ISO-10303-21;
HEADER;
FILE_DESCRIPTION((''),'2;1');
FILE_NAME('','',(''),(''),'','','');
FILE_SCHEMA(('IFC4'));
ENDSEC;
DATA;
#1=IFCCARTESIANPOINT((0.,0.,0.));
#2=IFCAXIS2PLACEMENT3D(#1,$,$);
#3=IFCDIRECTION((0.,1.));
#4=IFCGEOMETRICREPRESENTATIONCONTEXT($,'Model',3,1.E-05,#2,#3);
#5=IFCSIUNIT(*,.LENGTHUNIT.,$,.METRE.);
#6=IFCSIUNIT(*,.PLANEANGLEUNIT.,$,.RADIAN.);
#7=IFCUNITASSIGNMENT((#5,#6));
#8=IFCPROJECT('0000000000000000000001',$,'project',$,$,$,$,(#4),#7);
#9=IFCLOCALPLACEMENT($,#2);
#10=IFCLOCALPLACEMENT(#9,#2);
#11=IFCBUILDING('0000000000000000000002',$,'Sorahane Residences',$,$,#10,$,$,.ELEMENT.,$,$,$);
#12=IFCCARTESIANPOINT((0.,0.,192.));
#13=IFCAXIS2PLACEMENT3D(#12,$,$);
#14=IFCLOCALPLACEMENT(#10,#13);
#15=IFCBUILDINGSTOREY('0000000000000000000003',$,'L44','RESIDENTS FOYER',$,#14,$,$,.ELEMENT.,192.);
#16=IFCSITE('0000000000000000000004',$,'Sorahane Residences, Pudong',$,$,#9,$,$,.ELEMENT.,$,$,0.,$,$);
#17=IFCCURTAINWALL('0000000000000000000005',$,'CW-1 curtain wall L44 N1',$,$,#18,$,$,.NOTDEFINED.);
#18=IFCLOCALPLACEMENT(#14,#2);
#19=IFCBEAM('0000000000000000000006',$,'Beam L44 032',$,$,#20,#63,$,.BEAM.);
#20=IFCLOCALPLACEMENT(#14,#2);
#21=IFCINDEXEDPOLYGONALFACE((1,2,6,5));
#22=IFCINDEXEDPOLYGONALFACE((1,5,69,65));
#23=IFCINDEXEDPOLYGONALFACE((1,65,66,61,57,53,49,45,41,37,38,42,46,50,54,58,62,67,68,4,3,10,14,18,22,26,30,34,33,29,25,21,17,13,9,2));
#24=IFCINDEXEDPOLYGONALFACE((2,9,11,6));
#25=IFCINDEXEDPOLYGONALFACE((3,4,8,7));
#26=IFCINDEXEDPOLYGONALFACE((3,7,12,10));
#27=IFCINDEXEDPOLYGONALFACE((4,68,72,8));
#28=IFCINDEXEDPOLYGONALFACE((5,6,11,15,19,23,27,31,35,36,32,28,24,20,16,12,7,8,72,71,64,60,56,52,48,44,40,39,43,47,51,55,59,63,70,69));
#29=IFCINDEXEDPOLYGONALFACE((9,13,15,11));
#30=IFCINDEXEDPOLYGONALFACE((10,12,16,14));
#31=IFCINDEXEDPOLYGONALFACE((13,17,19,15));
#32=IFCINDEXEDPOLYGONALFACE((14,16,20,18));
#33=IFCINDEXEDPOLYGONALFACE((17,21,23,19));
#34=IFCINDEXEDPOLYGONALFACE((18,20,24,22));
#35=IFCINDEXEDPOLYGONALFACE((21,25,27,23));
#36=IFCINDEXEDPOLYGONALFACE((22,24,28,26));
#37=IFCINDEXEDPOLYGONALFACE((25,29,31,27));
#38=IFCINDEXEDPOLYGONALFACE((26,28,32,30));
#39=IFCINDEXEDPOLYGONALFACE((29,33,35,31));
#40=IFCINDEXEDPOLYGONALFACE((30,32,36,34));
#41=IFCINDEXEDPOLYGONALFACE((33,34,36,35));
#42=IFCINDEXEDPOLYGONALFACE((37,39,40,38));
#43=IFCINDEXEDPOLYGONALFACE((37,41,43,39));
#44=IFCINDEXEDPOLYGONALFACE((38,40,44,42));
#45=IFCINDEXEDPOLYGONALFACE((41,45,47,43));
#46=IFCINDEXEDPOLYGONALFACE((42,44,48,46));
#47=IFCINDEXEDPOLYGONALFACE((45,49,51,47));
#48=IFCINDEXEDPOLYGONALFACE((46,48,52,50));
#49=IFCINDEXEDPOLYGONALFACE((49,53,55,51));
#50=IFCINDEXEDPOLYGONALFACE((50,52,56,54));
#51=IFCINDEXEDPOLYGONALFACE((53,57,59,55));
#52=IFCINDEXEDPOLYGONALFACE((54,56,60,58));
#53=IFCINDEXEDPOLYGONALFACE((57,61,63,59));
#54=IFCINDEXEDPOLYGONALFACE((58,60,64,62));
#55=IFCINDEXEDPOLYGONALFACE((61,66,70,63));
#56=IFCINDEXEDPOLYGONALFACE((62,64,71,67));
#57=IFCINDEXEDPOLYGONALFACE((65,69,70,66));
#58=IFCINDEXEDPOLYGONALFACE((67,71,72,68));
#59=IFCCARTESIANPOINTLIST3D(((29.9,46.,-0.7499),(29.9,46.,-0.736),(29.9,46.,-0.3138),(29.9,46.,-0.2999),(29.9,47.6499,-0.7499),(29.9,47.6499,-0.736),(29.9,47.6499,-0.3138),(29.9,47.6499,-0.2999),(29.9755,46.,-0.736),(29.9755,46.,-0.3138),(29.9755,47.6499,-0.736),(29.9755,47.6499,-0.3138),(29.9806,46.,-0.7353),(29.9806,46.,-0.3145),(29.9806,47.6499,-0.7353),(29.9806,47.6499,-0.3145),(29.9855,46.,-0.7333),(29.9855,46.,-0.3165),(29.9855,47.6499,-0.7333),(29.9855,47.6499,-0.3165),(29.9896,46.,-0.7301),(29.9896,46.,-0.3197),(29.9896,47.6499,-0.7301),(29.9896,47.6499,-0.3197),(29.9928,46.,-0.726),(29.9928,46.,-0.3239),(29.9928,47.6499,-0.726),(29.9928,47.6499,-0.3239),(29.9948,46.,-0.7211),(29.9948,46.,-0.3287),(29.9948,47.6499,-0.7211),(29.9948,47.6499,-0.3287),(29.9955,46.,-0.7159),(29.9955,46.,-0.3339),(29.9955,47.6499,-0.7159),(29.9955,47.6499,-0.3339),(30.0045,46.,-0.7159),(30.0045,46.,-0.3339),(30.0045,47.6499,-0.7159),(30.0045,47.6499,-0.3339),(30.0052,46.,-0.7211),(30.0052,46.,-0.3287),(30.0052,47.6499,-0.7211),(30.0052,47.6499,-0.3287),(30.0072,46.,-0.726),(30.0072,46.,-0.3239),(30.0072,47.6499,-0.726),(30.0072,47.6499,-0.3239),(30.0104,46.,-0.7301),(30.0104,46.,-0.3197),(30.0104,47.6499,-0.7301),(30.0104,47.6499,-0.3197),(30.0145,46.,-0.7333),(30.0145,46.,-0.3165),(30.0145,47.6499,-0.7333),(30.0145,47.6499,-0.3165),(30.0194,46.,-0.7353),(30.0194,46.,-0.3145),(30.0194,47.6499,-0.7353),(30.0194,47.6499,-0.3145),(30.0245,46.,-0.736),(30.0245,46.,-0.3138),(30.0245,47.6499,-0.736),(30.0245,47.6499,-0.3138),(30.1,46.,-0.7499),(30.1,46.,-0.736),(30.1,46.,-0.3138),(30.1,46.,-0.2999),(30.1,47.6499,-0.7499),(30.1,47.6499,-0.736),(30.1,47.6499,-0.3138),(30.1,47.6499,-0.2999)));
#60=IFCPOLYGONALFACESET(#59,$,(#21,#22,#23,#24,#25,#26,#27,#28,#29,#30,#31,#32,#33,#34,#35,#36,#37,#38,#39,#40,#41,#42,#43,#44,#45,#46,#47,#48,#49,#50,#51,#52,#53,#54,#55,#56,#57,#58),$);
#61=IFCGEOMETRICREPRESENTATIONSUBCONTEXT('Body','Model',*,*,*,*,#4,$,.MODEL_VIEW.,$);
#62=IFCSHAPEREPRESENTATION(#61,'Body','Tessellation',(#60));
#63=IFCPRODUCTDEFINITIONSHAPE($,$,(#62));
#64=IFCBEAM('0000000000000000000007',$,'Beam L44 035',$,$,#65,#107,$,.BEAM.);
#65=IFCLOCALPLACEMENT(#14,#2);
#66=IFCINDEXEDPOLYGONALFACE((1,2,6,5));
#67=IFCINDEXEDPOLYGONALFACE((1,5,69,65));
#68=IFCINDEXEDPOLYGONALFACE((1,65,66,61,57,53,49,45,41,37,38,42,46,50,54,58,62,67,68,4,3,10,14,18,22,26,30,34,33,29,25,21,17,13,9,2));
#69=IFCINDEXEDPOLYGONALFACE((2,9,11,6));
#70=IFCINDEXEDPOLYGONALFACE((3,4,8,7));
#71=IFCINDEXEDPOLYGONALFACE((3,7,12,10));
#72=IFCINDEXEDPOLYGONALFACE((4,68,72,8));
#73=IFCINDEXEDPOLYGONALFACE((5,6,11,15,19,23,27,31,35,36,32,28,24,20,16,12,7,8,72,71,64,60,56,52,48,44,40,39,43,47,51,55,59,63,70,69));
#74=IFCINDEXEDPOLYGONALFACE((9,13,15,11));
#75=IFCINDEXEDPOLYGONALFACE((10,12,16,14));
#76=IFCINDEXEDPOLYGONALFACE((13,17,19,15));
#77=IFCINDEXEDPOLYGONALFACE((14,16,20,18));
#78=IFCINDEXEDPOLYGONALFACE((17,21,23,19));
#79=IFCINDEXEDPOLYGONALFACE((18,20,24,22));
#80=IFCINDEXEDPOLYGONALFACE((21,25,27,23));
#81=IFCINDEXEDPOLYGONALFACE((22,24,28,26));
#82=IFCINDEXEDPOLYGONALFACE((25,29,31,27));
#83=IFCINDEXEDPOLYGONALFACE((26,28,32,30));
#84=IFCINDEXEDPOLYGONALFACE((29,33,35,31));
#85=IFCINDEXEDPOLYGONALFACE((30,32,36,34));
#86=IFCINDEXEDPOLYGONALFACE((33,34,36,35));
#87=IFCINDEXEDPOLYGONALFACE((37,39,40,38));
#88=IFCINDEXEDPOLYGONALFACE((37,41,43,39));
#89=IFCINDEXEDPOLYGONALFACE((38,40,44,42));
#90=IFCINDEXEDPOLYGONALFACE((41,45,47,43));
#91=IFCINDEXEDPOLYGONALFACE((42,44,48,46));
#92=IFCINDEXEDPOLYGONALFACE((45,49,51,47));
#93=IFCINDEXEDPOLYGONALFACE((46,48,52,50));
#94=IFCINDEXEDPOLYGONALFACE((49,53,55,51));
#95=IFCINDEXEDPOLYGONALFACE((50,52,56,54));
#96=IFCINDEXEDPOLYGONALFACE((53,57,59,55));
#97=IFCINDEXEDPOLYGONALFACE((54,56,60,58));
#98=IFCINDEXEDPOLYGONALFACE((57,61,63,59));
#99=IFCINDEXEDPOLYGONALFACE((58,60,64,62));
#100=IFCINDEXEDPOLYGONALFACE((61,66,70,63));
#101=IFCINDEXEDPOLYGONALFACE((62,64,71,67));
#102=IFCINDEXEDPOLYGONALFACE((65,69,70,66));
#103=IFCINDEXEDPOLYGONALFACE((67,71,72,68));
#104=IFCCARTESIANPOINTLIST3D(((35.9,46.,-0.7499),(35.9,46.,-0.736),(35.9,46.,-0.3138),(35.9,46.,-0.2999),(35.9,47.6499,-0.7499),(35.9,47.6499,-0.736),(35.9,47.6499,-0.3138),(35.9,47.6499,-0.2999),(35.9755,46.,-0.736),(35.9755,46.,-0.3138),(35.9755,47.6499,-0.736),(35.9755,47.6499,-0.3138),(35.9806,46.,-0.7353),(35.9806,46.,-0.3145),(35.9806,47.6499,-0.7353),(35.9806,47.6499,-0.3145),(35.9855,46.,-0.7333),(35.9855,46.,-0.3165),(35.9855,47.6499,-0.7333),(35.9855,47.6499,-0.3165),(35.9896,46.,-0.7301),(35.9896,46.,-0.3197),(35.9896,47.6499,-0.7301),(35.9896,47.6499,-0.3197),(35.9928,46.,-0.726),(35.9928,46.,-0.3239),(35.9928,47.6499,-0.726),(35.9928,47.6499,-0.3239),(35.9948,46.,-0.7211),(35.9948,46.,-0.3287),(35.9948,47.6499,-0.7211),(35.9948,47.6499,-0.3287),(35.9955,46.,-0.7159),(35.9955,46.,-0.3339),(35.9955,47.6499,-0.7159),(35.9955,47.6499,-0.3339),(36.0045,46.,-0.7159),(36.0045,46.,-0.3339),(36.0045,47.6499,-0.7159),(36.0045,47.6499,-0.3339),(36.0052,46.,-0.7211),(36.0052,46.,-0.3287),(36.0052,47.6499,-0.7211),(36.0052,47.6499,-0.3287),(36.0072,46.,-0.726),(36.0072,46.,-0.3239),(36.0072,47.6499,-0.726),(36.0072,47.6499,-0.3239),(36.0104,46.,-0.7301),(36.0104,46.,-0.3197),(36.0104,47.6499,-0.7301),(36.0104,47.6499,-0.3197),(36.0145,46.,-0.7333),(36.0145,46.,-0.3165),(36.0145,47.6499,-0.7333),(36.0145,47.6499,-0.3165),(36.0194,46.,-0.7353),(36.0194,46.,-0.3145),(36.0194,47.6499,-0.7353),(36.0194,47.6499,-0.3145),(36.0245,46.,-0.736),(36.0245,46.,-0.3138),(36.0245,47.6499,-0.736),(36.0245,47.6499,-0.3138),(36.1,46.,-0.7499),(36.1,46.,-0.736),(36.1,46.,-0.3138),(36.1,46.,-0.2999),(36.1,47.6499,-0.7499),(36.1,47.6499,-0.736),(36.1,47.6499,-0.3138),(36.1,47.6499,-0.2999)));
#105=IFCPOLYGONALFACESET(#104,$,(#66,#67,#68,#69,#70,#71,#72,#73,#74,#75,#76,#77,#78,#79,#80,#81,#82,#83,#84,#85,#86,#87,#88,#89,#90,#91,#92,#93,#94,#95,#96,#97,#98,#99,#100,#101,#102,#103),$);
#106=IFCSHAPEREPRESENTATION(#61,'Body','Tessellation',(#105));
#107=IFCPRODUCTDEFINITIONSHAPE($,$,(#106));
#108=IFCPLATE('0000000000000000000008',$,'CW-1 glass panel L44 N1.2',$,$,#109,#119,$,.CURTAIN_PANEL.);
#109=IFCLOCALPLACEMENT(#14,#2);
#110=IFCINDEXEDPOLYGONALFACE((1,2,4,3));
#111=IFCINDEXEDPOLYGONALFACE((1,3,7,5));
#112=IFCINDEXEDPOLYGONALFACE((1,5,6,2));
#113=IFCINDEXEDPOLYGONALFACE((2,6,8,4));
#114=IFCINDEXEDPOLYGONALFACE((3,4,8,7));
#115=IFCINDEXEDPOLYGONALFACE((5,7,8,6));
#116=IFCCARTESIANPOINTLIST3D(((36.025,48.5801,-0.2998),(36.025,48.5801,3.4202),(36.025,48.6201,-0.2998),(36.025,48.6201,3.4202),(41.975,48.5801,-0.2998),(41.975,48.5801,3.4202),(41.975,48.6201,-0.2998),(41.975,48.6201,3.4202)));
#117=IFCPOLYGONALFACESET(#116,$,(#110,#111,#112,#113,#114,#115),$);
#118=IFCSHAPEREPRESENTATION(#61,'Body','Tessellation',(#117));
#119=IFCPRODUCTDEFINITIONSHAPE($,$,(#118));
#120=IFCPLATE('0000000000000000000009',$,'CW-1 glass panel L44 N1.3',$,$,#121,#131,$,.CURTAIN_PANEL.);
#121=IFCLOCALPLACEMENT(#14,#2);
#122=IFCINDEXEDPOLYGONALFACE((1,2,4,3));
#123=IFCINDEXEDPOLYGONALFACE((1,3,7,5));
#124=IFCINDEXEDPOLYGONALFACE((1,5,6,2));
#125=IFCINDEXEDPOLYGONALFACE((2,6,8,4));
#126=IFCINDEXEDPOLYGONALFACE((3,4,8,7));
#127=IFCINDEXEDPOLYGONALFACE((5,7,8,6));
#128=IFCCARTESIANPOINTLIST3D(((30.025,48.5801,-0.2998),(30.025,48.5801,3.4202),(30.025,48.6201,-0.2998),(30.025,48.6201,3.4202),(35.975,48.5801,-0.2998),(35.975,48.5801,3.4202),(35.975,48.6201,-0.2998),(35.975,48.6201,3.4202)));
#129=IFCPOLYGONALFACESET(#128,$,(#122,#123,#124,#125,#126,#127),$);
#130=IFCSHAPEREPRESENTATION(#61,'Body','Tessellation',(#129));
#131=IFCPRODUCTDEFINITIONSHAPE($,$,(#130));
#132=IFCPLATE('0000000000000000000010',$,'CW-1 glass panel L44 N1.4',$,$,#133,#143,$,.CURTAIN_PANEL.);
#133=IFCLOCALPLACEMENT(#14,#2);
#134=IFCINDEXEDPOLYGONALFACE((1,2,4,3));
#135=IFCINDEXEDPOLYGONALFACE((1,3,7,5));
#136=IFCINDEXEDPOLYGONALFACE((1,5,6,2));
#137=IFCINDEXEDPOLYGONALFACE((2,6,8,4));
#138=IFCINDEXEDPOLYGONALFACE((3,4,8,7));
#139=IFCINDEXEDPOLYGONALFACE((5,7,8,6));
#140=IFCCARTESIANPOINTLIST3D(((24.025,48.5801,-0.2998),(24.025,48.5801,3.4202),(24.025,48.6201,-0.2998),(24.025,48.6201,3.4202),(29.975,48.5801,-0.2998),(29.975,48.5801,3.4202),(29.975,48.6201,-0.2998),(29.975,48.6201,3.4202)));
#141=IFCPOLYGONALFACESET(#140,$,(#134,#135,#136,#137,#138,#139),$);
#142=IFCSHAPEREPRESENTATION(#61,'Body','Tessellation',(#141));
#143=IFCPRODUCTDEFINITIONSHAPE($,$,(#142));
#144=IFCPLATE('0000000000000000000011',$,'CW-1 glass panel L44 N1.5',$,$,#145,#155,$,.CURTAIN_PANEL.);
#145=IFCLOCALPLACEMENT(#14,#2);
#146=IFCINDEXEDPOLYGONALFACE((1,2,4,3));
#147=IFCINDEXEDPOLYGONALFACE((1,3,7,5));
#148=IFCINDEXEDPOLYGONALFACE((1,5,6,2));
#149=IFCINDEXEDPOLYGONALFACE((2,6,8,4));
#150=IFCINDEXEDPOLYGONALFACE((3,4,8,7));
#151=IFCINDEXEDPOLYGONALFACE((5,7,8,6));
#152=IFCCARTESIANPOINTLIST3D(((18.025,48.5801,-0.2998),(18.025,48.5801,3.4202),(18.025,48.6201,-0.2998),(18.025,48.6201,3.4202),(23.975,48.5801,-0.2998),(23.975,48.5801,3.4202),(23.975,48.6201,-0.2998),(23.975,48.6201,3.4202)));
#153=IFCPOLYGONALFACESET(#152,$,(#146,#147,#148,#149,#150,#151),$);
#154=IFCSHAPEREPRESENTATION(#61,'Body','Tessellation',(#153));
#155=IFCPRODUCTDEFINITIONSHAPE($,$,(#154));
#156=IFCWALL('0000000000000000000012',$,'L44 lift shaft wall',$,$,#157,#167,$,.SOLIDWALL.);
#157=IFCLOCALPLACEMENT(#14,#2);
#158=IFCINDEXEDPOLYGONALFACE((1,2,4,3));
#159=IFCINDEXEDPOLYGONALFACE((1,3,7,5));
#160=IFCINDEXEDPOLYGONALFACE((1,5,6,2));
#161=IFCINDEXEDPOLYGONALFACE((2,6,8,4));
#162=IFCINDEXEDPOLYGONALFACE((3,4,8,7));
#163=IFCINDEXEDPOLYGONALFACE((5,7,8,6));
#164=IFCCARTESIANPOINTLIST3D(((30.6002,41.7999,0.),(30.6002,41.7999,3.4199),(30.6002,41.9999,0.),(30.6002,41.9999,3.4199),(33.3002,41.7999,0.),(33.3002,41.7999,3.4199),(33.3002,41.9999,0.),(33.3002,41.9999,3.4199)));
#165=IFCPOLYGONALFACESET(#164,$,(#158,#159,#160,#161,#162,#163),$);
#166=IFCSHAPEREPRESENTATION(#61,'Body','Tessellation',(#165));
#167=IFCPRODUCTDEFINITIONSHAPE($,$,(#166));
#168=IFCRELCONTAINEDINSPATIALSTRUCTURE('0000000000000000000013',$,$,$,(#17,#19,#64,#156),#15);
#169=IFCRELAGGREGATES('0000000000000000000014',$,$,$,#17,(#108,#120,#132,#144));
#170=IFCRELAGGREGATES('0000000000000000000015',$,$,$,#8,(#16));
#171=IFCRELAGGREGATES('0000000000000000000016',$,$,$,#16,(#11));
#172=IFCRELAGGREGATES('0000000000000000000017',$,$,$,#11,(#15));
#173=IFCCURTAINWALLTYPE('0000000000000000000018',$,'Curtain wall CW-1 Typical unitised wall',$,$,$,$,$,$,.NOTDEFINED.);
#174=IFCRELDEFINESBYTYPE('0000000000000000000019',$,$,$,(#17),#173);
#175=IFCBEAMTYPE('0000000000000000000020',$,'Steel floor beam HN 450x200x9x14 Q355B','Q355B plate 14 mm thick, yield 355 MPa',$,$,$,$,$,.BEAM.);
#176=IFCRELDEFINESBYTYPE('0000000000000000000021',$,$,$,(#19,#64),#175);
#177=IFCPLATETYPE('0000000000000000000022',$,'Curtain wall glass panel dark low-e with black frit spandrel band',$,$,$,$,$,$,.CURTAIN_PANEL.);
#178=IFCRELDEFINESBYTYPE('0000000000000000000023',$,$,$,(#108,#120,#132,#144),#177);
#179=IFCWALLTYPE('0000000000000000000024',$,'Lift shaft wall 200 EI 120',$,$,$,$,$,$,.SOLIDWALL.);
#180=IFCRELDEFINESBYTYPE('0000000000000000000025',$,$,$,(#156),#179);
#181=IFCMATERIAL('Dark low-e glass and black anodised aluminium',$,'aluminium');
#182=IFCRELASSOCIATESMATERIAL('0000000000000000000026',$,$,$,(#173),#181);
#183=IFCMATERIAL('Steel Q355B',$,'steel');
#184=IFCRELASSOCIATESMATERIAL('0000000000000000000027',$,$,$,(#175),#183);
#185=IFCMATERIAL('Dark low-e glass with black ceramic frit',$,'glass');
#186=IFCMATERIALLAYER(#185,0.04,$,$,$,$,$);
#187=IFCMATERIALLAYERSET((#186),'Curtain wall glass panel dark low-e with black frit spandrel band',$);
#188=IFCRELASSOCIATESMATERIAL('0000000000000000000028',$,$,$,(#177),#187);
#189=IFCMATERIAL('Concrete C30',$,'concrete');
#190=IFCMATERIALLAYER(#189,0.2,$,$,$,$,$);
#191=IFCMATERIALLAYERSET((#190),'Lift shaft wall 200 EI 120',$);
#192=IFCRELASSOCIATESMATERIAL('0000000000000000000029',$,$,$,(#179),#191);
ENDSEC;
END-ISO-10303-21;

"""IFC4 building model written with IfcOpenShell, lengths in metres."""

from ifc_helpers import new_model, si_unit, direction, frame, frame_2d, origin, origin_2d, place, context, subcontext, project, spatial, rectangle, i_section, extrude, material, layer, layer_set, material_profile, profile_set, type_object, element, aggregate, save


model = new_model("IFC4")

# Units and contexts
model_context = context("Model", 3, precision=1e-05, world=origin(), true_north=direction((0.0, 1.0)))
body_context = subcontext(model_context, "Body", "Model", "MODEL_VIEW")
ifc_project = project(units=[si_unit("LENGTHUNIT", "METRE"), si_unit("PLANEANGLEUNIT", "RADIAN")], contexts=[model_context])

# Site, building, storey
site_placement = place(None, origin())
site = spatial("IfcSite", under=ifc_project, at=site_placement, Name="Sorahane Residences, Pudong", CompositionType="ELEMENT", RefElevation=0.0)
building_placement = place(site_placement, origin())
building = spatial("IfcBuilding", under=site, at=building_placement, Name="Sorahane Residences", CompositionType="ELEMENT")
storey_placement = place(building_placement, frame((0.0, 0.0, 192.0)))
storey = spatial("IfcBuildingStorey", under=building, at=storey_placement, Name="L44", Description="RESIDENTS FOYER", CompositionType="ELEMENT", Elevation=192.0)

# Curtain wall
ifc_material_1 = material(Name="Dark low-e glass and black anodised aluminium", Category="aluminium")
curtain_wall_type = type_object("IfcCurtainWallType", Name="Curtain wall CW-1 Typical unitised wall", PredefinedType="NOTDEFINED", material=ifc_material_1)
curtain_wall_placement = place(storey_placement, origin())
curtain_wall = element("IfcCurtainWall", 1, at=curtain_wall_placement, inside=storey, type_object=curtain_wall_type, Name="CW-1 curtain wall L44 N1", PredefinedType="NOTDEFINED")

# Beams
ifc_material_2 = material(Name="Steel Q355B", Category="steel")
ifc_material_profile_1 = material_profile(ifc_material_2, i_section(OverallWidth=0.2, OverallDepth=0.45, WebThickness=0.009, FlangeThickness=0.0139, FilletRadius=0.02, at=origin_2d()), Name="HN 450x200x9x14")
ifc_profile_set_1 = profile_set([ifc_material_profile_1], Name="Steel Q355B")
beam_type = type_object("IfcBeamType", Name="Steel floor beam HN 450x200x9x14 Q355B", Description="Q355B plate 14 mm thick, yield 355 MPa", PredefinedType="BEAM", material=ifc_profile_set_1)
for number, where, z_axis, x_axis, name in (
    (2, (30.0, 46.0, -0.5249), (0.0, 1.0, 0.0), (-1.0, 0.0, 0.0), "Beam L44 032"),
    (3, (36.0, 46.0, -0.5249), (0.0, 1.0, 0.0), (-1.0, 0.0, 0.0), "Beam L44 035"),
):
    element("IfcBeam", number, at=place(storey_placement, frame(where, z_axis=z_axis, x_axis=x_axis)), inside=storey, type_object=beam_type, Name=name, PredefinedType="BEAM", context=body_context, shape_type="SweptSolid", body=[
        extrude(i_section(OverallWidth=0.2, OverallDepth=0.45, WebThickness=0.009, FlangeThickness=0.0139, FilletRadius=0.02, at=origin_2d()), origin(), (0.0, 0.0, 1.0), 1.6499),
    ])

# Plates
ifc_material_3 = material(Name="Dark low-e glass with black ceramic frit", Category="glass")
ifc_layer_1 = layer(ifc_material_3, 0.04)
ifc_layer_set_1 = layer_set([ifc_layer_1], Name="Curtain wall glass panel dark low-e with black frit spandrel band")
plate_type = type_object("IfcPlateType", Name="Curtain wall glass panel dark low-e with black frit spandrel band", PredefinedType="CURTAIN_PANEL", material=ifc_layer_set_1)
plate_1_placement = place(storey_placement, frame((39.0, 48.6001, -0.2998), z_axis=(0.0, 0.0, 1.0), x_axis=(-1.0, 0.0, 0.0)))
plate_1 = element("IfcPlate", 4, at=plate_1_placement, type_object=plate_type, Name="CW-1 glass panel L44 N1.2", PredefinedType="CURTAIN_PANEL", context=body_context, shape_type="SweptSolid", body=[
    extrude(rectangle(XDim=5.95, YDim=0.04, at=origin_2d()), origin(), (0.0, 0.0, 1.0), 3.72),
])
plate_2_placement = place(storey_placement, frame((33.0, 48.6001, -0.2998), z_axis=(0.0, 0.0, 1.0), x_axis=(-1.0, 0.0, 0.0)))
plate_2 = element("IfcPlate", 5, at=plate_2_placement, type_object=plate_type, Name="CW-1 glass panel L44 N1.3", PredefinedType="CURTAIN_PANEL", context=body_context, shape_type="SweptSolid", body=[
    extrude(rectangle(XDim=5.95, YDim=0.04, at=origin_2d()), origin(), (0.0, 0.0, 1.0), 3.72),
])
plate_3_placement = place(storey_placement, frame((27.0, 48.6001, -0.2998), z_axis=(0.0, 0.0, 1.0), x_axis=(-1.0, 0.0, 0.0)))
plate_3 = element("IfcPlate", 6, at=plate_3_placement, type_object=plate_type, Name="CW-1 glass panel L44 N1.4", PredefinedType="CURTAIN_PANEL", context=body_context, shape_type="SweptSolid", body=[
    extrude(rectangle(XDim=5.95, YDim=0.04, at=origin_2d()), origin(), (0.0, 0.0, 1.0), 3.72),
])
plate_4_placement = place(storey_placement, frame((21.0, 48.6001, -0.2998), z_axis=(0.0, 0.0, 1.0), x_axis=(-1.0, 0.0, 0.0)))
plate_4 = element("IfcPlate", 7, at=plate_4_placement, type_object=plate_type, Name="CW-1 glass panel L44 N1.5", PredefinedType="CURTAIN_PANEL", context=body_context, shape_type="SweptSolid", body=[
    extrude(rectangle(XDim=5.95, YDim=0.04, at=origin_2d()), origin(), (0.0, 0.0, 1.0), 3.72),
])
aggregate(curtain_wall, [plate_1, plate_2, plate_3, plate_4])

# Wall
ifc_material_4 = material(Name="Concrete C30", Category="concrete")
ifc_layer_2 = layer(ifc_material_4, 0.2)
ifc_layer_set_2 = layer_set([ifc_layer_2], Name="Lift shaft wall 200 EI 120")
wall_type = type_object("IfcWallType", Name="Lift shaft wall 200 EI 120", PredefinedType="SOLIDWALL", material=ifc_layer_set_2)
wall_placement = place(storey_placement, frame((30.6001, 41.8999, 0.0), z_axis=(0.0, 0.0, 1.0), x_axis=(1.0, 0.0, 0.0)))
element("IfcWall", 8, at=wall_placement, inside=storey, type_object=wall_type, Name="L44 lift shaft wall", PredefinedType="SOLIDWALL", context=body_context, shape_type="SweptSolid", body=[
    extrude(rectangle(XDim=2.7, YDim=0.2, at=frame_2d((1.3501, 0.0))), origin(), (0.0, 0.0, 1.0), 3.4199),
])

save(model, "model.ifc")
